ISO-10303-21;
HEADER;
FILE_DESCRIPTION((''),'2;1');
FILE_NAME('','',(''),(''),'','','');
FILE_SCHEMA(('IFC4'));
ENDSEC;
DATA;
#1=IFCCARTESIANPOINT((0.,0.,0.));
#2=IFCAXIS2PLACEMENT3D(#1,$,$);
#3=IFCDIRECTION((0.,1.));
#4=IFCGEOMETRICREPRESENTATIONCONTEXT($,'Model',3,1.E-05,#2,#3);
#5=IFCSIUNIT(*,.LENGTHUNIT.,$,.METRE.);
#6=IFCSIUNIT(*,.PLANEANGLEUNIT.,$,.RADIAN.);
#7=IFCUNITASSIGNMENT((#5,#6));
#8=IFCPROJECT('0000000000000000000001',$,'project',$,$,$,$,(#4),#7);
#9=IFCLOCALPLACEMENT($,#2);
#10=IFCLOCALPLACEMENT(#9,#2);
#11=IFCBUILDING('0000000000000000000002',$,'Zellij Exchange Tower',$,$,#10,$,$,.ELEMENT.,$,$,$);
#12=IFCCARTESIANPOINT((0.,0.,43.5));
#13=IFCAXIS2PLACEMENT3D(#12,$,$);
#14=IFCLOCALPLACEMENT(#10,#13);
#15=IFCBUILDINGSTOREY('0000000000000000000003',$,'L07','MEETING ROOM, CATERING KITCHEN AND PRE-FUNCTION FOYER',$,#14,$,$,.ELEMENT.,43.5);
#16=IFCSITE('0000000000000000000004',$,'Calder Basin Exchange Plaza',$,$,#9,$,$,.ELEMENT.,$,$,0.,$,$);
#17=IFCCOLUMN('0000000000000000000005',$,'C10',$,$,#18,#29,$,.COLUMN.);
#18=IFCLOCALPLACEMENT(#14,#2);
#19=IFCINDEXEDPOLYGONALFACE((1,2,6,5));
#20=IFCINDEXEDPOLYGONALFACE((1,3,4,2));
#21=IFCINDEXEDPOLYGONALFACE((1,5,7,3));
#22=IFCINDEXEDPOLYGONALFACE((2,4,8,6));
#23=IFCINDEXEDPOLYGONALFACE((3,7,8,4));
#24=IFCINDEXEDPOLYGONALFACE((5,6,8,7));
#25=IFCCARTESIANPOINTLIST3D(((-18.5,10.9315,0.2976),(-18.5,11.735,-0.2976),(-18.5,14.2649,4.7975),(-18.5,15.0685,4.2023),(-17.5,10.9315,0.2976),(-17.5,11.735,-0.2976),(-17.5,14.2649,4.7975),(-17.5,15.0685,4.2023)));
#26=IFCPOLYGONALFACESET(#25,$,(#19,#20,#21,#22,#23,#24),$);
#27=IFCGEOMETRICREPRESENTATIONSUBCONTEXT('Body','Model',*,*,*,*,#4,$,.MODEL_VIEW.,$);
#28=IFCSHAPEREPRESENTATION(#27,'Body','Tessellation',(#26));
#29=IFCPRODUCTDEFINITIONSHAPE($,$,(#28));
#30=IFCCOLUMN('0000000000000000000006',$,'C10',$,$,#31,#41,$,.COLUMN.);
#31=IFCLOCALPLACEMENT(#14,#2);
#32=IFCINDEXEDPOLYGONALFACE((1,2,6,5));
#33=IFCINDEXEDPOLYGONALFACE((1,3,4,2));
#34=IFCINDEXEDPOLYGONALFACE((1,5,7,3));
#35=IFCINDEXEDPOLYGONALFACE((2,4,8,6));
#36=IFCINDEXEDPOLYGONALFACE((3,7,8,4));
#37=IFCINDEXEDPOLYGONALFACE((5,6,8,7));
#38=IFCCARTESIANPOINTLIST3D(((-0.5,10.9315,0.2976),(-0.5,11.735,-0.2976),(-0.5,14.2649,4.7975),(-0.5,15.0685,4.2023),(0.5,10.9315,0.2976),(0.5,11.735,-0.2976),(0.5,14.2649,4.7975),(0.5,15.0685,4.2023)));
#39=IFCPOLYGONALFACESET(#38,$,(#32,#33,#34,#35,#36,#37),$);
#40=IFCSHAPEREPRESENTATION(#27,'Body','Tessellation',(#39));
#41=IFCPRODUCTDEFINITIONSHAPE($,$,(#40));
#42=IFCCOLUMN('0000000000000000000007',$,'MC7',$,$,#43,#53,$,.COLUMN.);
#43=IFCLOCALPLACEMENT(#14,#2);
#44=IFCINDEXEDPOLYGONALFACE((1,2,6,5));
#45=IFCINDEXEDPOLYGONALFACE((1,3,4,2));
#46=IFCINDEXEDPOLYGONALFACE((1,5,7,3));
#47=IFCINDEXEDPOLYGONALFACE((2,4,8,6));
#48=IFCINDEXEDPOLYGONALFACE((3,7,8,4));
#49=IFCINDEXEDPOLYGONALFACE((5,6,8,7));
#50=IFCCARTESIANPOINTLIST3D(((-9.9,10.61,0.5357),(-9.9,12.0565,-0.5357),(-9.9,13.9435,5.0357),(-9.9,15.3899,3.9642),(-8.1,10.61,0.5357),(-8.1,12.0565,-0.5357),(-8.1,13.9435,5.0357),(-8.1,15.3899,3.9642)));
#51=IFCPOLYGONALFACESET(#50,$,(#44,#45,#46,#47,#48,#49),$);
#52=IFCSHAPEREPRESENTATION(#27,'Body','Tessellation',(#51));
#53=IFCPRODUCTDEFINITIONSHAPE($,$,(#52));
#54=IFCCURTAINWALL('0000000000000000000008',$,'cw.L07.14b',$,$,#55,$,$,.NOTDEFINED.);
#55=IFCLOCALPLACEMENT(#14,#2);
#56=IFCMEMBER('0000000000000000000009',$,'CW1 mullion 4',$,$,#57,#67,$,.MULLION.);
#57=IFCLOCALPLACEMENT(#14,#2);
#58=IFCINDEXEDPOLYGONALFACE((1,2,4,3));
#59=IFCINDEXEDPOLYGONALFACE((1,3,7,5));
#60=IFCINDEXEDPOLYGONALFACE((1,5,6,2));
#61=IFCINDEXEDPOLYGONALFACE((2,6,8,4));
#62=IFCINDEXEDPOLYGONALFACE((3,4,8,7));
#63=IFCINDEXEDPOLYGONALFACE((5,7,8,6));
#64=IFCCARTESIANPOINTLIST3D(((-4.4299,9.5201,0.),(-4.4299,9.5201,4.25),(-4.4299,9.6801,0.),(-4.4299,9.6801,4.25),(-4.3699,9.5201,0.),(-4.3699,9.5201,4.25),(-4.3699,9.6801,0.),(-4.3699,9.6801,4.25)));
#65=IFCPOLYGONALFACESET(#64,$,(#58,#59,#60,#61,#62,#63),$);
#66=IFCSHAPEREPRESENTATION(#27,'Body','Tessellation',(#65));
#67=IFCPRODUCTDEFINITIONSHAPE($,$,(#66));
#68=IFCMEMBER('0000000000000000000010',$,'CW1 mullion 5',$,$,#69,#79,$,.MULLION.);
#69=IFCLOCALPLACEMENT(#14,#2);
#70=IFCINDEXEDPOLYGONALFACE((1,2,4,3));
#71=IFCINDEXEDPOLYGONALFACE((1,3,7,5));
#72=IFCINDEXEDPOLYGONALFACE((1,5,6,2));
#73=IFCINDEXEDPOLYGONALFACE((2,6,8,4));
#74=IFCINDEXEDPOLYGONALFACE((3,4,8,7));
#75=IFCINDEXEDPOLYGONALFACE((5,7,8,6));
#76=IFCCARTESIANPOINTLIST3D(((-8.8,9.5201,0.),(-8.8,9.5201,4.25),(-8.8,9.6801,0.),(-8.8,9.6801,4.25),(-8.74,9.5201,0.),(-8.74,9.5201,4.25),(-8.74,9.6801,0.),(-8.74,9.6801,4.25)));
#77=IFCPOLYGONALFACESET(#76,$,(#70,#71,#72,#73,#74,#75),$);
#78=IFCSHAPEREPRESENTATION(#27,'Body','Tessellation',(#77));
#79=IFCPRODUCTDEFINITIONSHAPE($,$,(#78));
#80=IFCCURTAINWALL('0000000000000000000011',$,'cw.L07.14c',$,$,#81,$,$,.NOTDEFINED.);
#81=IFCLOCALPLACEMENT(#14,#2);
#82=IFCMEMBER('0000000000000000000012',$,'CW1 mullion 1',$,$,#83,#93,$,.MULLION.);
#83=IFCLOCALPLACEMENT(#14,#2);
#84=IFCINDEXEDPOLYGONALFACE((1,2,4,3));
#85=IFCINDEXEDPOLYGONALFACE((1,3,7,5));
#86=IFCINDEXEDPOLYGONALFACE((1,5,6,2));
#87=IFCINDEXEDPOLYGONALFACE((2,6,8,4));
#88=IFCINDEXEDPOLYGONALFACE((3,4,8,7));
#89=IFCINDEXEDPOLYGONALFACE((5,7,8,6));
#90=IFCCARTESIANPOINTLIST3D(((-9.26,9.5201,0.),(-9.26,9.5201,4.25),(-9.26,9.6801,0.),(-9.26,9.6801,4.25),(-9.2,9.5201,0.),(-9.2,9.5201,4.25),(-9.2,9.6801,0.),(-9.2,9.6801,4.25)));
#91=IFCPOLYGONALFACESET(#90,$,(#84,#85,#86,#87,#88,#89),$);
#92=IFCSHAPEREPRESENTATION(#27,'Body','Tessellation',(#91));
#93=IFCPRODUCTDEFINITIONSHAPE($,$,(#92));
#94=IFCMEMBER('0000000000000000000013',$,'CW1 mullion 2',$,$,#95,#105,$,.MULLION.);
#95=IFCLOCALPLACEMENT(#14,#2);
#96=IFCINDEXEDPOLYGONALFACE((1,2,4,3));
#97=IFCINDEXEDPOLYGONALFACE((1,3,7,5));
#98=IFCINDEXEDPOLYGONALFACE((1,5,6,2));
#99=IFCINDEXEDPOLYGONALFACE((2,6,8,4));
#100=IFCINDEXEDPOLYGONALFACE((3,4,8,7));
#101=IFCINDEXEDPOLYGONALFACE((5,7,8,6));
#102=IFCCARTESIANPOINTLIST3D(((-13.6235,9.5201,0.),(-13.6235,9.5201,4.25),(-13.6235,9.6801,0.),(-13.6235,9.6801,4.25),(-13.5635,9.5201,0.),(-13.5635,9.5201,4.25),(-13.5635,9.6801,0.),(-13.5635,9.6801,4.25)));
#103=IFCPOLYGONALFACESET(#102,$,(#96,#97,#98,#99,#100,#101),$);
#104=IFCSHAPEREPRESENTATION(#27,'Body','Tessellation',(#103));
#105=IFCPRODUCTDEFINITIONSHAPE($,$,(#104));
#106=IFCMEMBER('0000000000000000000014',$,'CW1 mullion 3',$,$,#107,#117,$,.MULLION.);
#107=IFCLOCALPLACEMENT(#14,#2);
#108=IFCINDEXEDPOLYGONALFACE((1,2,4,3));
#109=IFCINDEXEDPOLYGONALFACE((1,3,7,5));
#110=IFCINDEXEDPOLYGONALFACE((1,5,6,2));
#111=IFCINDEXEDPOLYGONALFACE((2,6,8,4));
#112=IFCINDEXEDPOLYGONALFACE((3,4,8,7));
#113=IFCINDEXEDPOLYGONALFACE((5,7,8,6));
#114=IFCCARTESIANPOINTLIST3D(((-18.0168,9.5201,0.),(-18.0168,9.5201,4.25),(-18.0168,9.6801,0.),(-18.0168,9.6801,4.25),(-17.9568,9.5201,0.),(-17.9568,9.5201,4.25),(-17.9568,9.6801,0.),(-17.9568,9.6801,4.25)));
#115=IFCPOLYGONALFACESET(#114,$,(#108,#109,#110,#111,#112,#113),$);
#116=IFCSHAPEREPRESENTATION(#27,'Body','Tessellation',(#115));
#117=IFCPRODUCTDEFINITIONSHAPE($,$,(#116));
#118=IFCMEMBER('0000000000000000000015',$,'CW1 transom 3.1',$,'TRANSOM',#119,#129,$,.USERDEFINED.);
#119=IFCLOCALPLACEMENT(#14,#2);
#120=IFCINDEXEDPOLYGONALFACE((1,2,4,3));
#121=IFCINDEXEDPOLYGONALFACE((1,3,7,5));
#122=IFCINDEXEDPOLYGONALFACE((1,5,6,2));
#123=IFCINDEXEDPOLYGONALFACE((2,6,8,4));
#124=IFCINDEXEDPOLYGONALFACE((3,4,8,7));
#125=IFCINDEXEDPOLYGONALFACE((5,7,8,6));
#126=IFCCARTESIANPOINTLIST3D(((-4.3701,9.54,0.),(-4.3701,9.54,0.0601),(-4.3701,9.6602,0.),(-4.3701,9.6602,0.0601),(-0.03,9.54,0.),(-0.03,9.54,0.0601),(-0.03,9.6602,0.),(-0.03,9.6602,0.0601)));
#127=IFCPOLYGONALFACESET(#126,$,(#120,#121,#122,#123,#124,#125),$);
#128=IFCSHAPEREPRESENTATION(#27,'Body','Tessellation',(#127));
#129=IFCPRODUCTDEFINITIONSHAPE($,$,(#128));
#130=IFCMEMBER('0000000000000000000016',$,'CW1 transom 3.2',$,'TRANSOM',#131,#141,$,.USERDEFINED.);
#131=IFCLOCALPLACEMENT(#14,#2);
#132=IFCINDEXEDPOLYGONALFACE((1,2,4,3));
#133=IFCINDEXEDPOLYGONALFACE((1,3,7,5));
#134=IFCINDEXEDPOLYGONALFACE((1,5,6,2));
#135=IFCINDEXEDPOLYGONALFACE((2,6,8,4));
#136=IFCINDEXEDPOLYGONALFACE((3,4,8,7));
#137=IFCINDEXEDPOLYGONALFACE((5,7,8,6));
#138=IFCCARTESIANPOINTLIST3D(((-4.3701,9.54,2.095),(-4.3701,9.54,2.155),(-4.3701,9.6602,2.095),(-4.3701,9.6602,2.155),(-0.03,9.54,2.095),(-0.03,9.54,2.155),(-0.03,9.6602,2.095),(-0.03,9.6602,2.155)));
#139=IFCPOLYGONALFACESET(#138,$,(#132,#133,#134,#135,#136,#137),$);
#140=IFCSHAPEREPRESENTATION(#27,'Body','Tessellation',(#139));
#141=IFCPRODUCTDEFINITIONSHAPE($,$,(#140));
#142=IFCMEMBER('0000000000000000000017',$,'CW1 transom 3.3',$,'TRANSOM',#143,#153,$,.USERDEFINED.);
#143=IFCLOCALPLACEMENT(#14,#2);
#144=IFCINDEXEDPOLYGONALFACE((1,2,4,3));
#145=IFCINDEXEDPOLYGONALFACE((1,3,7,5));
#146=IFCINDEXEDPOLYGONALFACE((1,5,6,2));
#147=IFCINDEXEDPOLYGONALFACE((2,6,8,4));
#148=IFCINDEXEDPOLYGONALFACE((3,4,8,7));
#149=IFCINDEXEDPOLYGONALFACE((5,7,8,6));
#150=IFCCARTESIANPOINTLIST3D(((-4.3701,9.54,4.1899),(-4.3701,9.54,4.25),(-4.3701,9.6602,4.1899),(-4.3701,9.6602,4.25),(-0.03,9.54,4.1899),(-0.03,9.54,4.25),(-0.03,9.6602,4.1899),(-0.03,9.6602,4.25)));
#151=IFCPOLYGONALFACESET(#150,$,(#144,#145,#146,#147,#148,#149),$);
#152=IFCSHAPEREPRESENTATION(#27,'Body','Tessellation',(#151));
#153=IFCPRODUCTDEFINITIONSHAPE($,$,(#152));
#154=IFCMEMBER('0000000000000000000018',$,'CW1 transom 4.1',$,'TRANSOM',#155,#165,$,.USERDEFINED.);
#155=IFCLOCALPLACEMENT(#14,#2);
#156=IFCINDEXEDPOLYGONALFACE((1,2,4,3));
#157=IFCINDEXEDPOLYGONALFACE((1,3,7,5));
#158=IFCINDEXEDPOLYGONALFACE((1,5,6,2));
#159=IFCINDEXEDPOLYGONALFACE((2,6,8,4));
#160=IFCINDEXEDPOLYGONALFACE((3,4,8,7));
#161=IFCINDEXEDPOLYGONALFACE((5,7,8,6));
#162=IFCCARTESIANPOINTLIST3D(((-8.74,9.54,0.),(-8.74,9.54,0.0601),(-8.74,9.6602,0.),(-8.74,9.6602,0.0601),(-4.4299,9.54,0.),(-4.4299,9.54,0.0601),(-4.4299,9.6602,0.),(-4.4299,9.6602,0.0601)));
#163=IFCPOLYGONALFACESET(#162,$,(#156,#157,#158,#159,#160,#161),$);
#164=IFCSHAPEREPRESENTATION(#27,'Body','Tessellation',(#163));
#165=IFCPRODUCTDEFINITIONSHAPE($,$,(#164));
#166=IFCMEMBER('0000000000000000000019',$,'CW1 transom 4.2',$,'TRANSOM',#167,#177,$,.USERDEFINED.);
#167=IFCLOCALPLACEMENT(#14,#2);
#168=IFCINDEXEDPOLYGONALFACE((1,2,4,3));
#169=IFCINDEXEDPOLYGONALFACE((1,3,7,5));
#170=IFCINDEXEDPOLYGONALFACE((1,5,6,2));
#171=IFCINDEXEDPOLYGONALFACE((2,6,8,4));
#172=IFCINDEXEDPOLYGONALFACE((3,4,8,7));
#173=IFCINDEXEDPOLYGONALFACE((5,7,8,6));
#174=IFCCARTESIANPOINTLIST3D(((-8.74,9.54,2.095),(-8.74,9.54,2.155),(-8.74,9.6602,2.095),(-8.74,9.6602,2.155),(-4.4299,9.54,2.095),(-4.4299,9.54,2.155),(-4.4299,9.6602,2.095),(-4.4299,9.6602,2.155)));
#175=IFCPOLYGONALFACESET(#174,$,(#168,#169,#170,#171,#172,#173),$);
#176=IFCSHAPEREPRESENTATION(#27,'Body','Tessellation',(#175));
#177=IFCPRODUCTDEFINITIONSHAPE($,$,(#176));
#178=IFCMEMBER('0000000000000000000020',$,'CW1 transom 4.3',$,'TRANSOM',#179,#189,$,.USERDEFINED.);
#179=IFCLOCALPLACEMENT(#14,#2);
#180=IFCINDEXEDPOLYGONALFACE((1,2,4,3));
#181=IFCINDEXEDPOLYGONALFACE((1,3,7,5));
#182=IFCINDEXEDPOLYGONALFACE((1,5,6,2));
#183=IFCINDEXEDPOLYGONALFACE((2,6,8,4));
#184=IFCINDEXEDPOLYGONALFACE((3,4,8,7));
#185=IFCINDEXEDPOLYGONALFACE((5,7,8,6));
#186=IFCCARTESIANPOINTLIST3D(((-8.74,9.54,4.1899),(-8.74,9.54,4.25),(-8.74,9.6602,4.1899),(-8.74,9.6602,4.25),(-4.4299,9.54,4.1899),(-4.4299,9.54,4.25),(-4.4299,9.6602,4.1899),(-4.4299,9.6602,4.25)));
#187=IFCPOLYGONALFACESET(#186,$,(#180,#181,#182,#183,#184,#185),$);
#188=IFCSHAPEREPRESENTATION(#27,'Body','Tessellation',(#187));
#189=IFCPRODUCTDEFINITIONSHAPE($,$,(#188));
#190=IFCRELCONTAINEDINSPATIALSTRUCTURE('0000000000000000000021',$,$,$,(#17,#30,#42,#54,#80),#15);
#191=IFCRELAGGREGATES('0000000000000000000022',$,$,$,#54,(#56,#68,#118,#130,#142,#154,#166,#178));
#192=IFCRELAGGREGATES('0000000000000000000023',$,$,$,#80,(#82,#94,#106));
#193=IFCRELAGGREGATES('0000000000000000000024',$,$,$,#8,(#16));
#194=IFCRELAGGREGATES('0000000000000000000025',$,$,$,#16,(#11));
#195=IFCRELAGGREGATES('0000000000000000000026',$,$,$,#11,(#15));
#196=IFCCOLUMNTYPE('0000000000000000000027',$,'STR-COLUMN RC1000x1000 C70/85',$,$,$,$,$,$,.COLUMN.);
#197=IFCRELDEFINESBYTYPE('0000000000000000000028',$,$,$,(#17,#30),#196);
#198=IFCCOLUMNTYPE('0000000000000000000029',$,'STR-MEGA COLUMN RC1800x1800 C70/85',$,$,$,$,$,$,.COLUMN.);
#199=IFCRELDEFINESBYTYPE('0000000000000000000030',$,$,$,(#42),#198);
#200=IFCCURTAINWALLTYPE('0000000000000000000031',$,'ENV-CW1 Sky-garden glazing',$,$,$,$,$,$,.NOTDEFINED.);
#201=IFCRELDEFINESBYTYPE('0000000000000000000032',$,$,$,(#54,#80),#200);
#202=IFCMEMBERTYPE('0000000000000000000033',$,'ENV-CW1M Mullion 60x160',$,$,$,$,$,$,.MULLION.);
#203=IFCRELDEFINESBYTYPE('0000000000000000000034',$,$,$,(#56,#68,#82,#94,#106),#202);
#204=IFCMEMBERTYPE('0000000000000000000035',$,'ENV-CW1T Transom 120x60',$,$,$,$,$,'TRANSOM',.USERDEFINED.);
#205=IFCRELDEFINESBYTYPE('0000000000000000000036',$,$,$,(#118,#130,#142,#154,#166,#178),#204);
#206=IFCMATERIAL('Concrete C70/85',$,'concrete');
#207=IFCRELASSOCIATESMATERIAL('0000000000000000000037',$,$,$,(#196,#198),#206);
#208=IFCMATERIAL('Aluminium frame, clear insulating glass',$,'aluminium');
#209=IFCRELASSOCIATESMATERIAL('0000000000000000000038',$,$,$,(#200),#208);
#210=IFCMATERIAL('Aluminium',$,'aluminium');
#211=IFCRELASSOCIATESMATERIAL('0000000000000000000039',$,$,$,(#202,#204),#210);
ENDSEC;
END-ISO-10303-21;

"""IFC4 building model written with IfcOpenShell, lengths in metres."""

from ifc_helpers import new_model, si_unit, direction, frame, origin, origin_2d, place, context, subcontext, project, spatial, rectangle, extrude, material, material_profile, profile_set, type_object, element, aggregate, save


model = new_model("IFC4")

# Units and contexts
model_context = context("Model", 3, precision=1e-05, world=origin(), true_north=direction((0.0, 1.0)))
body_context = subcontext(model_context, "Body", "Model", "MODEL_VIEW")
ifc_project = project(units=[si_unit("LENGTHUNIT", "METRE"), si_unit("PLANEANGLEUNIT", "RADIAN")], contexts=[model_context])

# Site, building, storey
site_placement = place(None, origin())
site = spatial("IfcSite", under=ifc_project, at=site_placement, Name="Calder Basin Exchange Plaza", CompositionType="ELEMENT", RefElevation=0.0)
building_placement = place(site_placement, origin())
building = spatial("IfcBuilding", under=site, at=building_placement, Name="Zellij Exchange Tower", CompositionType="ELEMENT")
storey_placement = place(building_placement, frame((0.0, 0.0, 43.5)))
storey = spatial("IfcBuildingStorey", under=building, at=storey_placement, Name="L07", Description="MEETING ROOM, CATERING KITCHEN AND PRE-FUNCTION FOYER", CompositionType="ELEMENT", Elevation=43.5)

# Columns
ifc_material_1 = material(Name="Concrete C70/85", Category="concrete")
ifc_material_profile_1 = material_profile(ifc_material_1, rectangle(XDim=1.0, YDim=1.0, at=origin_2d()), Name="STR-COLUMN RC1000x1000 C70/85")
ifc_profile_set_1 = profile_set([ifc_material_profile_1], Name="Concrete C70/85")
column_type_1 = type_object("IfcColumnType", Name="STR-COLUMN RC1000x1000 C70/85", PredefinedType="COLUMN", material=ifc_profile_set_1)
for number, where, z_axis, x_axis, name in (
    (1, (-18.0, 11.3333, 0.0), (0.0, 0.595246, 0.803543), (-1.0, 0.0, 0.0), "C10"),
    (2, (0.0, 11.3333, 0.0), (0.0, 0.595246, 0.803543), (-1.0, 0.0, 0.0), "C10"),
):
    element("IfcColumn", number, at=place(storey_placement, frame(where, z_axis=z_axis, x_axis=x_axis)), inside=storey, type_object=column_type_1, Name=name, PredefinedType="COLUMN", context=body_context, shape_type="SweptSolid", body=[
        extrude(rectangle(XDim=1.0, YDim=1.0, at=origin_2d()), origin(), (0.0, 0.0, 1.0), 5.6001),
    ])
ifc_material_profile_2 = material_profile(ifc_material_1, rectangle(XDim=1.8, YDim=1.8, at=origin_2d()), Name="STR-MEGA COLUMN RC1800x1800 C70/85")
ifc_profile_set_2 = profile_set([ifc_material_profile_2], Name="Concrete C70/85")
column_type_2 = type_object("IfcColumnType", Name="STR-MEGA COLUMN RC1800x1800 C70/85", PredefinedType="COLUMN", material=ifc_profile_set_2)
column_placement = place(storey_placement, frame((-9.0, 11.3333, 0.0), z_axis=(0.0, 0.595246, 0.803543), x_axis=(-1.0, 0.0, 0.0)))
element("IfcColumn", 3, at=column_placement, inside=storey, type_object=column_type_2, Name="MC7", PredefinedType="COLUMN", context=body_context, shape_type="SweptSolid", body=[
    extrude(rectangle(XDim=1.8, YDim=1.8, at=origin_2d()), origin(), (0.0, 0.0, 1.0), 5.6001),
])

# Curtain walls, members
ifc_material_2 = material(Name="Aluminium frame, clear insulating glass", Category="aluminium")
curtain_wall_type = type_object("IfcCurtainWallType", Name="ENV-CW1 Sky-garden glazing", PredefinedType="NOTDEFINED", material=ifc_material_2)
curtain_wall_1_placement = place(storey_placement, origin())
curtain_wall_1 = element("IfcCurtainWall", 4, at=curtain_wall_1_placement, inside=storey, type_object=curtain_wall_type, Name="cw.L07.14b", PredefinedType="NOTDEFINED")
ifc_material_3 = material(Name="Aluminium", Category="aluminium")
ifc_material_profile_3 = material_profile(ifc_material_3, rectangle(XDim=0.0601, YDim=0.1599, at=origin_2d()), Name="AL 60x160")
ifc_profile_set_3 = profile_set([ifc_material_profile_3], Name="Aluminium")
member_type_1 = type_object("IfcMemberType", Name="ENV-CW1M Mullion 60x160", PredefinedType="MULLION", material=ifc_profile_set_3)
member_1_placement = place(storey_placement, frame((-4.3999, 9.6001, 0.0), z_axis=(0.0, 0.0, 1.0), x_axis=(-1.0, 0.0, 0.0)))
member_1 = element("IfcMember", 5, at=member_1_placement, type_object=member_type_1, Name="CW1 mullion 4", PredefinedType="MULLION", context=body_context, shape_type="SweptSolid", body=[
    extrude(rectangle(XDim=0.0601, YDim=0.1599, at=origin_2d()), origin(), (0.0, 0.0, 1.0), 4.25),
])
member_2_placement = place(storey_placement, frame((-8.77, 9.6001, 0.0), z_axis=(0.0, 0.0, 1.0), x_axis=(-1.0, 0.0, 0.0)))
member_2 = element("IfcMember", 6, at=member_2_placement, type_object=member_type_1, Name="CW1 mullion 5", PredefinedType="MULLION", context=body_context, shape_type="SweptSolid", body=[
    extrude(rectangle(XDim=0.0601, YDim=0.1599, at=origin_2d()), origin(), (0.0, 0.0, 1.0), 4.25),
])
curtain_wall_2_placement = place(storey_placement, origin())
curtain_wall_2 = element("IfcCurtainWall", 7, at=curtain_wall_2_placement, inside=storey, type_object=curtain_wall_type, Name="cw.L07.14c", PredefinedType="NOTDEFINED")
member_3_placement = place(storey_placement, frame((-9.23, 9.6001, 0.0), z_axis=(0.0, 0.0, 1.0), x_axis=(-1.0, 0.0, 0.0)))
member_3 = element("IfcMember", 8, at=member_3_placement, type_object=member_type_1, Name="CW1 mullion 1", PredefinedType="MULLION", context=body_context, shape_type="SweptSolid", body=[
    extrude(rectangle(XDim=0.0601, YDim=0.1599, at=origin_2d()), origin(), (0.0, 0.0, 1.0), 4.25),
])
member_4_placement = place(storey_placement, frame((-13.5935, 9.6001, 0.0), z_axis=(0.0, 0.0, 1.0), x_axis=(-1.0, 0.0, 0.0)))
member_4 = element("IfcMember", 9, at=member_4_placement, type_object=member_type_1, Name="CW1 mullion 2", PredefinedType="MULLION", context=body_context, shape_type="SweptSolid", body=[
    extrude(rectangle(XDim=0.0601, YDim=0.1599, at=origin_2d()), origin(), (0.0, 0.0, 1.0), 4.25),
])
member_5_placement = place(storey_placement, frame((-17.9868, 9.6001, 0.0), z_axis=(0.0, 0.0, 1.0), x_axis=(-1.0, 0.0, 0.0)))
member_5 = element("IfcMember", 10, at=member_5_placement, type_object=member_type_1, Name="CW1 mullion 3", PredefinedType="MULLION", context=body_context, shape_type="SweptSolid", body=[
    extrude(rectangle(XDim=0.0601, YDim=0.1599, at=origin_2d()), origin(), (0.0, 0.0, 1.0), 4.25),
])

# Members
ifc_material_profile_4 = material_profile(ifc_material_3, rectangle(XDim=0.1201, YDim=0.0601, at=origin_2d()), Name="AL 120x60")
ifc_profile_set_4 = profile_set([ifc_material_profile_4], Name="Aluminium")
member_type_2 = type_object("IfcMemberType", Name="ENV-CW1T Transom 120x60", ElementType="TRANSOM", PredefinedType="USERDEFINED", material=ifc_profile_set_4)
member_6_placement = place(storey_placement, frame((-0.03, 9.6001, 0.03), z_axis=(-1.0, 0.0, 0.0), x_axis=(0.0, -1.0, 0.0)))
member_6 = element("IfcMember", 11, at=member_6_placement, type_object=member_type_2, Name="CW1 transom 3.1", ObjectType="TRANSOM", PredefinedType="USERDEFINED", context=body_context, shape_type="SweptSolid", body=[
    extrude(rectangle(XDim=0.1201, YDim=0.0601, at=origin_2d()), origin(), (0.0, 0.0, 1.0), 4.3401),
])
member_7_placement = place(storey_placement, frame((-0.03, 9.6001, 2.125), z_axis=(-1.0, 0.0, 0.0), x_axis=(0.0, -1.0, 0.0)))
member_7 = element("IfcMember", 12, at=member_7_placement, type_object=member_type_2, Name="CW1 transom 3.2", ObjectType="TRANSOM", PredefinedType="USERDEFINED", context=body_context, shape_type="SweptSolid", body=[
    extrude(rectangle(XDim=0.1201, YDim=0.0601, at=origin_2d()), origin(), (0.0, 0.0, 1.0), 4.3401),
])
member_8_placement = place(storey_placement, frame((-0.03, 9.6001, 4.22), z_axis=(-1.0, 0.0, 0.0), x_axis=(0.0, -1.0, 0.0)))
member_8 = element("IfcMember", 13, at=member_8_placement, type_object=member_type_2, Name="CW1 transom 3.3", ObjectType="TRANSOM", PredefinedType="USERDEFINED", context=body_context, shape_type="SweptSolid", body=[
    extrude(rectangle(XDim=0.1201, YDim=0.0601, at=origin_2d()), origin(), (0.0, 0.0, 1.0), 4.3401),
])
member_9_placement = place(storey_placement, frame((-4.4299, 9.6001, 0.03), z_axis=(-1.0, 0.0, 0.0), x_axis=(0.0, -1.0, 0.0)))
member_9 = element("IfcMember", 14, at=member_9_placement, type_object=member_type_2, Name="CW1 transom 4.1", ObjectType="TRANSOM", PredefinedType="USERDEFINED", context=body_context, shape_type="SweptSolid", body=[
    extrude(rectangle(XDim=0.1201, YDim=0.0601, at=origin_2d()), origin(), (0.0, 0.0, 1.0), 4.3101),
])
member_10_placement = place(storey_placement, frame((-4.4299, 9.6001, 2.125), z_axis=(-1.0, 0.0, 0.0), x_axis=(0.0, -1.0, 0.0)))
member_10 = element("IfcMember", 15, at=member_10_placement, type_object=member_type_2, Name="CW1 transom 4.2", ObjectType="TRANSOM", PredefinedType="USERDEFINED", context=body_context, shape_type="SweptSolid", body=[
    extrude(rectangle(XDim=0.1201, YDim=0.0601, at=origin_2d()), origin(), (0.0, 0.0, 1.0), 4.3101),
])
member_11_placement = place(storey_placement, frame((-4.4299, 9.6001, 4.22), z_axis=(-1.0, 0.0, 0.0), x_axis=(0.0, -1.0, 0.0)))
member_11 = element("IfcMember", 16, at=member_11_placement, type_object=member_type_2, Name="CW1 transom 4.3", ObjectType="TRANSOM", PredefinedType="USERDEFINED", context=body_context, shape_type="SweptSolid", body=[
    extrude(rectangle(XDim=0.1201, YDim=0.0601, at=origin_2d()), origin(), (0.0, 0.0, 1.0), 4.3101),
])

aggregate(curtain_wall_1, [member_1, member_2, member_6, member_7, member_8, member_9, member_10, member_11])
aggregate(curtain_wall_2, [member_3, member_4, member_5])

save(model, "model.ifc")
